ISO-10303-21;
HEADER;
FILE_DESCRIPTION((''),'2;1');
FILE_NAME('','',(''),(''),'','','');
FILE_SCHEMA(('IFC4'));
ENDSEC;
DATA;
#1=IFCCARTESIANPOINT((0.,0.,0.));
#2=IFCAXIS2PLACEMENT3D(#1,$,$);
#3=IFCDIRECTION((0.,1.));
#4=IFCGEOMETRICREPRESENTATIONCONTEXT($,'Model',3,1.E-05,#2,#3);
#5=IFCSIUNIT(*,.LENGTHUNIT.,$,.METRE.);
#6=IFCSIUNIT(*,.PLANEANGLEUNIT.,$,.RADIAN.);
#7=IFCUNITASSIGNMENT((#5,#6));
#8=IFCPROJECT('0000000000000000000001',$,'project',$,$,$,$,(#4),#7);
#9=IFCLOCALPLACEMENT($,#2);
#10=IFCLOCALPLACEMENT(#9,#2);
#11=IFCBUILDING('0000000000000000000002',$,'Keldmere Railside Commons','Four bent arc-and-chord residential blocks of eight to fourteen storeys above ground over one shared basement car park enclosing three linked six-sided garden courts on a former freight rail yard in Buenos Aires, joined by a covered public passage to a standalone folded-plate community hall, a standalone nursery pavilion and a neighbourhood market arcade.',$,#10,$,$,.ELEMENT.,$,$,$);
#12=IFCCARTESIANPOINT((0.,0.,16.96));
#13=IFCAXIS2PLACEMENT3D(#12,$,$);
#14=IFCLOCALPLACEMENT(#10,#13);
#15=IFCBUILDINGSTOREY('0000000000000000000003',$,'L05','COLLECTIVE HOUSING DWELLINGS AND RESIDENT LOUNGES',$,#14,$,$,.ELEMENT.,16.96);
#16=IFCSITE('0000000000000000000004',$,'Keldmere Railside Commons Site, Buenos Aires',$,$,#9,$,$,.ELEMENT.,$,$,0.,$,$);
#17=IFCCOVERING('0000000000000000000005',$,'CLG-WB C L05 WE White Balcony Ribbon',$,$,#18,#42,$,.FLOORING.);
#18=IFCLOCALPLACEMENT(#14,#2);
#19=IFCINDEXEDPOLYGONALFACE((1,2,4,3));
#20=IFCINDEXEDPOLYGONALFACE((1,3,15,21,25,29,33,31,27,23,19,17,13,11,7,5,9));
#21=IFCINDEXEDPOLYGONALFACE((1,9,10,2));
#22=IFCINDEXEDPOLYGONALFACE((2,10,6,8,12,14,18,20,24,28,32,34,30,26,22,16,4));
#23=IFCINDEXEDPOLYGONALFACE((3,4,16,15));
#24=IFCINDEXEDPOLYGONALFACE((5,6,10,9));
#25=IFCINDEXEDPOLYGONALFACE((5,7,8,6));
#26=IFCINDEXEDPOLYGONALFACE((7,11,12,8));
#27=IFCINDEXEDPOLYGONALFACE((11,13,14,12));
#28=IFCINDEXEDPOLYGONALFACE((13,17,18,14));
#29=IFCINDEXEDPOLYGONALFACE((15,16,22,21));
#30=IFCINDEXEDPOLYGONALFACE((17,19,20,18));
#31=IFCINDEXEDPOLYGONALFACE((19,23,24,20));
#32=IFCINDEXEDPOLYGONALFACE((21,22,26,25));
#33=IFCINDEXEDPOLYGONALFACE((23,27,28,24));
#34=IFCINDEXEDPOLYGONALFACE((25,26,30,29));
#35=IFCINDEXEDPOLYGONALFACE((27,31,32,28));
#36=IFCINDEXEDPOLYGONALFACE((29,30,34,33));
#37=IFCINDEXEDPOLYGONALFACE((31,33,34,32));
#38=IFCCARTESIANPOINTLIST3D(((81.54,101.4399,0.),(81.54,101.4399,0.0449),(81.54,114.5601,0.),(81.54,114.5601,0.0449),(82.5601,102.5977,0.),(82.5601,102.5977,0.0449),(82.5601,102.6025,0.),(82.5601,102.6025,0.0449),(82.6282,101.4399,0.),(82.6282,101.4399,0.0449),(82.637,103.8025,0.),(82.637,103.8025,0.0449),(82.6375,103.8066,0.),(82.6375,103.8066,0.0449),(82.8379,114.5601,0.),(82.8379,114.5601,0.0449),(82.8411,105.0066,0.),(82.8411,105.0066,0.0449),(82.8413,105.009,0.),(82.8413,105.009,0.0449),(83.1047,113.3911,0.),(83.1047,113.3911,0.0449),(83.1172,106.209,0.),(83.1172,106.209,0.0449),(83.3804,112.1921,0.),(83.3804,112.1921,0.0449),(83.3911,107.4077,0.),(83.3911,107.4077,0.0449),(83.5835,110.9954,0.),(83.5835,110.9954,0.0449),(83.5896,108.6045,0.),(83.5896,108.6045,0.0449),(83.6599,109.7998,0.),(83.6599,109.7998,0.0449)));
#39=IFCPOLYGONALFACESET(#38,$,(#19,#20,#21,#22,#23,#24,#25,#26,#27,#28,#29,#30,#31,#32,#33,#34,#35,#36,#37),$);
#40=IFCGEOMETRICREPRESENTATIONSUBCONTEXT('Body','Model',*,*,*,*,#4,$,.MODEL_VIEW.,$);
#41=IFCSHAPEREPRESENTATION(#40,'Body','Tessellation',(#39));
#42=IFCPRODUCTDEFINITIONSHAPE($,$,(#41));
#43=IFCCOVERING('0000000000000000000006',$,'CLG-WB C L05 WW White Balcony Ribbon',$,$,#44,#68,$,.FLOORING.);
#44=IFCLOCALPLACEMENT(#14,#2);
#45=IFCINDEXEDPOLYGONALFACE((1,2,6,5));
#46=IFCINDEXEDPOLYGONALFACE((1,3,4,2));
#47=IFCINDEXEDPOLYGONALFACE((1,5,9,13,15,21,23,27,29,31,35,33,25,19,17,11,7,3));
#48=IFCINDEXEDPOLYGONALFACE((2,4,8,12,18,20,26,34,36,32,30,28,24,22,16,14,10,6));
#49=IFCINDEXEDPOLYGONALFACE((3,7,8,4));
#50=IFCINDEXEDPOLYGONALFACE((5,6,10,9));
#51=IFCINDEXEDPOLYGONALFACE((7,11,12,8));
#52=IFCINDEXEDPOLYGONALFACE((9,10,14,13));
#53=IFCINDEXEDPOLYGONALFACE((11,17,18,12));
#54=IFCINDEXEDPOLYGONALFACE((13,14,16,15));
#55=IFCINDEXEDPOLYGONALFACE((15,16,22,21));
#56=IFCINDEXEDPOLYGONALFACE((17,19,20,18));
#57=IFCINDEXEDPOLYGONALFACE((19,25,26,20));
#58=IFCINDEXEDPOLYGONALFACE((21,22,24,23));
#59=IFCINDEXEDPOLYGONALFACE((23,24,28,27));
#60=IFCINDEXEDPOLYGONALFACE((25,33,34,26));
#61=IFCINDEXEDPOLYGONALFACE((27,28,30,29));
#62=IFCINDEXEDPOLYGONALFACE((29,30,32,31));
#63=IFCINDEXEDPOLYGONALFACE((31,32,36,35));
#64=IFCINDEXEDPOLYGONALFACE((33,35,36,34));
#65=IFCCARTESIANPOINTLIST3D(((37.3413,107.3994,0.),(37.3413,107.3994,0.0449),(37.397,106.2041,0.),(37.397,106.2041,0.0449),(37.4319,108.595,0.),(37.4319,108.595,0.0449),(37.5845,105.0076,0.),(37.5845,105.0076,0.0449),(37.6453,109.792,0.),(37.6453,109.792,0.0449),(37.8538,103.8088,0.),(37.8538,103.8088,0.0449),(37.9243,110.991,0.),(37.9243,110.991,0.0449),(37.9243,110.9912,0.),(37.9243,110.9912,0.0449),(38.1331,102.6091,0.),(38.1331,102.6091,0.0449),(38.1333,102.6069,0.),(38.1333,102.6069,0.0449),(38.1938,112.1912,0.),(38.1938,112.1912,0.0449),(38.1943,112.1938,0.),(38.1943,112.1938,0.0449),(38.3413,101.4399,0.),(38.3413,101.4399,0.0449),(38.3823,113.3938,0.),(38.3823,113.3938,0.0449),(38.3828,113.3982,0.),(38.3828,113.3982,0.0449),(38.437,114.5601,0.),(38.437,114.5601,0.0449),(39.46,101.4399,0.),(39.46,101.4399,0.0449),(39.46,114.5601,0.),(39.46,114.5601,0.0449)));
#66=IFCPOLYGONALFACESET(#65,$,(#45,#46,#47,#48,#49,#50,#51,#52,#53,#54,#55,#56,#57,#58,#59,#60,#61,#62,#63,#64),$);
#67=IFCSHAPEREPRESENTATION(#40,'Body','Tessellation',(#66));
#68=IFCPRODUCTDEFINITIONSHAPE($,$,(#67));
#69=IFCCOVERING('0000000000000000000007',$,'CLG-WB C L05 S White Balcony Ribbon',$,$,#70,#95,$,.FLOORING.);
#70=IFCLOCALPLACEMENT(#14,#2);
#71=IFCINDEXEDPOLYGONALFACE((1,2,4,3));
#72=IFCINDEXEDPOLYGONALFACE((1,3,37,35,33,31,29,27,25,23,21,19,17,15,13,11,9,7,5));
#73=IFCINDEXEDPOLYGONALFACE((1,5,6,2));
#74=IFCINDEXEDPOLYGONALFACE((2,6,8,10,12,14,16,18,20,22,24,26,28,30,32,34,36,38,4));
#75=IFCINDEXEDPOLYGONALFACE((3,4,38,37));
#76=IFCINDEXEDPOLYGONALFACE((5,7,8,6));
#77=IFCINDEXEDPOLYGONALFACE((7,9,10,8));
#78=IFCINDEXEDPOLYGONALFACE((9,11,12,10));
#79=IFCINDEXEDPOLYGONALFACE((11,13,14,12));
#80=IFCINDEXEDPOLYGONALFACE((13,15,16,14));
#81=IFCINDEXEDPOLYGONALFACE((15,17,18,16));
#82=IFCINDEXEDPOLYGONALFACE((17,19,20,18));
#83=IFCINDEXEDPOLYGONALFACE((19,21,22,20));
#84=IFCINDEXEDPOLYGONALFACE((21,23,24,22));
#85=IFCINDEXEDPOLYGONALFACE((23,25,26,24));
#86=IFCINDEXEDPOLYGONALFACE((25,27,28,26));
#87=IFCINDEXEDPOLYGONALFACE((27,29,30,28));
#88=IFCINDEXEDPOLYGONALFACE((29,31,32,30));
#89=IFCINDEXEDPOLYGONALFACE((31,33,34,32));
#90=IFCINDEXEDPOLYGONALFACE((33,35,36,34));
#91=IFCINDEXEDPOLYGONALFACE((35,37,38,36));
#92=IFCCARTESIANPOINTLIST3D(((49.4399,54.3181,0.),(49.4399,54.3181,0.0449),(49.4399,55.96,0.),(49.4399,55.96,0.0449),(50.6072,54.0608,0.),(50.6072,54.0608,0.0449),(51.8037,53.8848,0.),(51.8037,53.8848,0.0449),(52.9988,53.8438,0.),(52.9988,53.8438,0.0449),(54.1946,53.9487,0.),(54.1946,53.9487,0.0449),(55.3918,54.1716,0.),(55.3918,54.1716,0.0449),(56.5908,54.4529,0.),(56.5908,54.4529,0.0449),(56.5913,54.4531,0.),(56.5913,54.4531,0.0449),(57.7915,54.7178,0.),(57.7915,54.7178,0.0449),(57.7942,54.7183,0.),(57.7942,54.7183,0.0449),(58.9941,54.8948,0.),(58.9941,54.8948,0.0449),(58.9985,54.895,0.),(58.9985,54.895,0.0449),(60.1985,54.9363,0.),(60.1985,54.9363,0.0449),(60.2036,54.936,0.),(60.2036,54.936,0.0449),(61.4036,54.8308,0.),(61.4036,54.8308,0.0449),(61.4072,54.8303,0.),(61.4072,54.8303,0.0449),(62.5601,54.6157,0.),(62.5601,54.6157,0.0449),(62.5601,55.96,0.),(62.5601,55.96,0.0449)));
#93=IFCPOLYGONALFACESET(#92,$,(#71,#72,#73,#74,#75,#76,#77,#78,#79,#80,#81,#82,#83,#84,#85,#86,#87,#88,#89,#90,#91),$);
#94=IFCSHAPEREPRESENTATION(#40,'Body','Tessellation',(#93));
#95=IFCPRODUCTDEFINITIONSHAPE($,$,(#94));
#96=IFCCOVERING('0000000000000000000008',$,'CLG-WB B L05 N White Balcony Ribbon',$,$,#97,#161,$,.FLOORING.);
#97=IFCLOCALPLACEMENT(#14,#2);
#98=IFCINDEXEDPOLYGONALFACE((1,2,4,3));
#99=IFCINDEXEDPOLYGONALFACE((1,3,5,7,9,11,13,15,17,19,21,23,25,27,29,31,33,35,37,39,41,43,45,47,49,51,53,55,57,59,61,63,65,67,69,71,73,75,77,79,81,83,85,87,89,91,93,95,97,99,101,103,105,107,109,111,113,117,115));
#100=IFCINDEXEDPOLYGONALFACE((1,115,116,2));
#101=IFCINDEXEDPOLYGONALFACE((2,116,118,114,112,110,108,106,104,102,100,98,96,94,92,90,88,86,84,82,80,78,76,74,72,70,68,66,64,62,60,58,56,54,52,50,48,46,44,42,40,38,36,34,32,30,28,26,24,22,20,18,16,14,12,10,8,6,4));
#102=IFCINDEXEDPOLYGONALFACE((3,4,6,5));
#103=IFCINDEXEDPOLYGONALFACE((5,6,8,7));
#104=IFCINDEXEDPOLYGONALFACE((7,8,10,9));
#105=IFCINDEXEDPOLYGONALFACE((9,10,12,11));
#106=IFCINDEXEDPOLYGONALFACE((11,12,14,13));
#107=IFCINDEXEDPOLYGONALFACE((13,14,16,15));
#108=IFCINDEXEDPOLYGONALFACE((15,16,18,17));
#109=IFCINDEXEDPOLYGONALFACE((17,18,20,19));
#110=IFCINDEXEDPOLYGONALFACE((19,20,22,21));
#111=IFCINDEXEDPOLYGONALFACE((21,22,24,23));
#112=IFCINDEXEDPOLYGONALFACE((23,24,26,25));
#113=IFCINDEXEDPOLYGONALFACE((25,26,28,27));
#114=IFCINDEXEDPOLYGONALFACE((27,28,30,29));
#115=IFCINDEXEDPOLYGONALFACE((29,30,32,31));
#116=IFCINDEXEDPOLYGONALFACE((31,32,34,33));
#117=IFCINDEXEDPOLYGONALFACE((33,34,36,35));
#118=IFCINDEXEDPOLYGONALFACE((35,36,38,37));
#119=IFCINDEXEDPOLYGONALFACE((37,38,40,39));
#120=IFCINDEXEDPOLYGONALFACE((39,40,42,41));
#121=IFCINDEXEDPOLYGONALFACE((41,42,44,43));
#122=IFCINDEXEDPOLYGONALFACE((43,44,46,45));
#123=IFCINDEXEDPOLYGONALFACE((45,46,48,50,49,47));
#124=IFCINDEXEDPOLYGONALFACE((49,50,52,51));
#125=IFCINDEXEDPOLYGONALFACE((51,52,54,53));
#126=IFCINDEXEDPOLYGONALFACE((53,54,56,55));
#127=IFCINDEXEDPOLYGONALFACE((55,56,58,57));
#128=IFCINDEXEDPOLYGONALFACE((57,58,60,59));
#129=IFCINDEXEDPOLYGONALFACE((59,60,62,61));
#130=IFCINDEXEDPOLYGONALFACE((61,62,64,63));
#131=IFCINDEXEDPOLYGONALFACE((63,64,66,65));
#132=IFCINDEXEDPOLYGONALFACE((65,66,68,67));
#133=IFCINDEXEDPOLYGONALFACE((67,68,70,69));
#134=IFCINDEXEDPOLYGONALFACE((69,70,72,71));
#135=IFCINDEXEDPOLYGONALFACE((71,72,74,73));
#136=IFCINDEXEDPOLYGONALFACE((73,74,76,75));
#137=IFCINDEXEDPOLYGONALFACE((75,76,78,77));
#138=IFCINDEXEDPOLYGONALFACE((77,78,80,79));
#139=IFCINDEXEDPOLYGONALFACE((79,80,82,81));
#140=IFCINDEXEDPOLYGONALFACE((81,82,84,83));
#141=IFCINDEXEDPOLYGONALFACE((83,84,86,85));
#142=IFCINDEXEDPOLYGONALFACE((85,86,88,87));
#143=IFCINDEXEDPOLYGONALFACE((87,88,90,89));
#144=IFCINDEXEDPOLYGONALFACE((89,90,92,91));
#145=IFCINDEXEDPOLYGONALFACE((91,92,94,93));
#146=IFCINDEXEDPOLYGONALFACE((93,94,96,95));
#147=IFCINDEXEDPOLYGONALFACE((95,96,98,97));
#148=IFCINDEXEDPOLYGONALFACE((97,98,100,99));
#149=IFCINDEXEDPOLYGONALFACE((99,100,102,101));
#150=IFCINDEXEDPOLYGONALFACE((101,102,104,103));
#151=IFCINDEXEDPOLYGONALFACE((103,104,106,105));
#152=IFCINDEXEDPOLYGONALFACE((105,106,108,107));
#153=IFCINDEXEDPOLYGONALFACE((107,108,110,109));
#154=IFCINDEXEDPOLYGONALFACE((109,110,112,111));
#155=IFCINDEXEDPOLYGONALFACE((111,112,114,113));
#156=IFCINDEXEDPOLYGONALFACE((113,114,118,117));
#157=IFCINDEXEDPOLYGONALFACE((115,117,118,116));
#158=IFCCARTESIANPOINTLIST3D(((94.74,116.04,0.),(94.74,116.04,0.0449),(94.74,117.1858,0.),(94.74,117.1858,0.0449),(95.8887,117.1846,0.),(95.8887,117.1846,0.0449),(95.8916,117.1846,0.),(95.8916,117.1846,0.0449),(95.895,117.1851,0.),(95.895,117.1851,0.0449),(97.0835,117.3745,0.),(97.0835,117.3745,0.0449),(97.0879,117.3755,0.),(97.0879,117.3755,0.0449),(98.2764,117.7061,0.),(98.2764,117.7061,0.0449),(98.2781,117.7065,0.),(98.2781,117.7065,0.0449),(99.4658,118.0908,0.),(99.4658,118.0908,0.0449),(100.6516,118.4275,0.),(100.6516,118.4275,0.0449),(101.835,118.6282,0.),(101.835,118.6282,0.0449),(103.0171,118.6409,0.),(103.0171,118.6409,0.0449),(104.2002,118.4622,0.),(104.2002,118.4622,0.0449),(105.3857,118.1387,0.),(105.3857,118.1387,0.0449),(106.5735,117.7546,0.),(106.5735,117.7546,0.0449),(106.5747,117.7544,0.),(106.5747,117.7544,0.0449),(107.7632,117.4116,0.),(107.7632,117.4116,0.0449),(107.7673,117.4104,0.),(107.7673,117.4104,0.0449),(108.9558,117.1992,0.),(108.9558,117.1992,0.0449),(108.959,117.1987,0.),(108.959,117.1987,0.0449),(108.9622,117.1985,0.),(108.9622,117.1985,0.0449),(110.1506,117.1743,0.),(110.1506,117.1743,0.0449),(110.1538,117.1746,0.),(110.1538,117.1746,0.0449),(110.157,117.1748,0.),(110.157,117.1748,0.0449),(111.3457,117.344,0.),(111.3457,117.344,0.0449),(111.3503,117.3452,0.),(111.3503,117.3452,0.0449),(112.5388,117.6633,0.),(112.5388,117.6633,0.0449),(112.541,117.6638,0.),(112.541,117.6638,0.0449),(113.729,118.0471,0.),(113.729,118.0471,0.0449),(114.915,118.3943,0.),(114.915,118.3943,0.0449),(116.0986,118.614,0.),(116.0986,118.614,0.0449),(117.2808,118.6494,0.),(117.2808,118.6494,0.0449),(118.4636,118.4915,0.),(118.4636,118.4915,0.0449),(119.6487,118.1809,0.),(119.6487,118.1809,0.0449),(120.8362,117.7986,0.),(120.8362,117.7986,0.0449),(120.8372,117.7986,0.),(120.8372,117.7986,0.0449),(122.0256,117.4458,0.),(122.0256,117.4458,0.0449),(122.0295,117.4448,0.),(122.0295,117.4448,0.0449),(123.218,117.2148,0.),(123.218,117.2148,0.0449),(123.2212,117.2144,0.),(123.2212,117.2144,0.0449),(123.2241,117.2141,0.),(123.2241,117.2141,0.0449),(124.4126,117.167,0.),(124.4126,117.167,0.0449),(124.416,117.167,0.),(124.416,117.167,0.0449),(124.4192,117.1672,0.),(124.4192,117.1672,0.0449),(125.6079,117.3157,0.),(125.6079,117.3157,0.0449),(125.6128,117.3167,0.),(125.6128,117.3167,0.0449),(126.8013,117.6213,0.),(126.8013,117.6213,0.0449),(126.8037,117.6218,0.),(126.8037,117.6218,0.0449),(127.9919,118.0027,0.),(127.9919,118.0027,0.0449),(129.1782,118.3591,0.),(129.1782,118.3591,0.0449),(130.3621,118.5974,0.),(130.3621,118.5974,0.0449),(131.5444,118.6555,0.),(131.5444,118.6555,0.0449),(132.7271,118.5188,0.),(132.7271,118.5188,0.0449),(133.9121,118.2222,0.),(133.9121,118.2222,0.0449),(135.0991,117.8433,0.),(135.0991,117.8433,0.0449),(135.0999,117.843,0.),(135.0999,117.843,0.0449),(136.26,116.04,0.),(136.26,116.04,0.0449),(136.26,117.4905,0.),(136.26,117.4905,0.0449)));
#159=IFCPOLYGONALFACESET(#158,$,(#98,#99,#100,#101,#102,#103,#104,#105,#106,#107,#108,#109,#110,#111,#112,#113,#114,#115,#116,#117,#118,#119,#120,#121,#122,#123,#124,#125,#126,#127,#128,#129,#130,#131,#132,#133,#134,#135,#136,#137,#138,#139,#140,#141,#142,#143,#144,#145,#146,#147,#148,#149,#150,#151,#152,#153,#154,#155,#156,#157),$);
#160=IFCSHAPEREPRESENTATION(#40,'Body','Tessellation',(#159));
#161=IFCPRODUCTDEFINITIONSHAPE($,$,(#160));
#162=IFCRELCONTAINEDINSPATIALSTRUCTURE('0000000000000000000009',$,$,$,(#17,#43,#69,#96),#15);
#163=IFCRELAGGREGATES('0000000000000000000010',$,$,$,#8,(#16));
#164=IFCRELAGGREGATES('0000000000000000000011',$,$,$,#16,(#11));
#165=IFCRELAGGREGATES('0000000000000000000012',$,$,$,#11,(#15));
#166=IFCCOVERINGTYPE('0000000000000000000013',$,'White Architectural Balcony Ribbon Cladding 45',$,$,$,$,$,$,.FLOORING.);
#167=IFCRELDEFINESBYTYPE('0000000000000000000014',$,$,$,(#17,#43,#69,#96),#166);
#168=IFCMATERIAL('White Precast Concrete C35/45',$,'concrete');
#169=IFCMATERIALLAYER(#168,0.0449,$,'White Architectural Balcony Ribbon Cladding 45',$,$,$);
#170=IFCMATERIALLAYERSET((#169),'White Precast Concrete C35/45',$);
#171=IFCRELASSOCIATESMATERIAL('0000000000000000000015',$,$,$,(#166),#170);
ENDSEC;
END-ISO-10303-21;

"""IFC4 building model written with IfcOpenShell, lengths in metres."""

from ifc_helpers import new_model, si_unit, direction, frame, origin, place, context, subcontext, project, spatial, polyline, outline, extrude, material, layer, layer_set, type_object, element, save


model = new_model("IFC4")

# Units and contexts
model_context = context("Model", 3, precision=1e-05, world=origin(), true_north=direction((0.0, 1.0)))
body_context = subcontext(model_context, "Body", "Model", "MODEL_VIEW")
ifc_project = project(units=[si_unit("LENGTHUNIT", "METRE"), si_unit("PLANEANGLEUNIT", "RADIAN")], contexts=[model_context])

# Site, building, storey
site_placement = place(None, origin())
site = spatial("IfcSite", under=ifc_project, at=site_placement, Name="Keldmere Railside Commons Site, Buenos Aires", CompositionType="ELEMENT", RefElevation=0.0)
building_placement = place(site_placement, origin())
building = spatial("IfcBuilding", under=site, at=building_placement, Name="Keldmere Railside Commons", Description="Four bent arc-and-chord residential blocks of eight to fourteen storeys above ground over one shared basement car park enclosing three linked six-sided garden courts on a former freight rail yard in Buenos Aires, joined by a covered public passage to a standalone folded-plate community hall, a standalone nursery pavilion and a neighbourhood market arcade.", CompositionType="ELEMENT")
storey_placement = place(building_placement, frame((0.0, 0.0, 16.96)))
storey = spatial("IfcBuildingStorey", under=building, at=storey_placement, Name="L05", Description="COLLECTIVE HOUSING DWELLINGS AND RESIDENT LOUNGES", CompositionType="ELEMENT", Elevation=16.96)

# Coverings
ifc_material_1 = material(Name="White Precast Concrete C35/45", Category="concrete")
ifc_layer_1 = layer(ifc_material_1, 0.0449, Name="White Architectural Balcony Ribbon Cladding 45")
ifc_layer_set_1 = layer_set([ifc_layer_1], Name="White Precast Concrete C35/45")
covering_type_1 = type_object("IfcCoveringType", Name="White Architectural Balcony Ribbon Cladding 45", PredefinedType="FLOORING", material=ifc_layer_set_1)
covering_1_placement = place(storey_placement, origin())
element("IfcCovering", 1, at=covering_1_placement, inside=storey, type_object=covering_type_1, Name="CLG-WB C L05 WE White Balcony Ribbon", PredefinedType="FLOORING", context=body_context, shape_type="SweptSolid", body=[
    extrude(outline(polyline([(82.5601, 102.5977), (82.5601, 102.6025), (82.637, 103.8025), (82.6375, 103.8066), (82.8411, 105.0066), (82.8413, 105.009), (83.1172, 106.209), (83.3911, 107.4077), (83.5896, 108.6045), (83.6599, 109.7998), (83.5835, 110.9954), (83.3804, 112.1921), (83.1047, 113.3911), (83.1047, 113.3911), (82.8379, 114.5601), (81.54, 114.5601), (81.54, 101.4399), (82.6282, 101.4399), (82.5601, 102.5977)])), origin(), (0.0, 0.0, 1.0), 0.0449),
])
covering_2_placement = place(storey_placement, origin())
element("IfcCovering", 2, at=covering_2_placement, inside=storey, type_object=covering_type_1, Name="CLG-WB C L05 WW White Balcony Ribbon", PredefinedType="FLOORING", context=body_context, shape_type="SweptSolid", body=[
    extrude(outline(polyline([(39.46, 114.5601), (38.437, 114.5601), (38.3828, 113.3982), (38.3823, 113.3938), (38.1943, 112.1938), (38.1938, 112.1912), (37.9243, 110.9912), (37.9243, 110.991), (37.6453, 109.792), (37.4319, 108.595), (37.3413, 107.3994), (37.397, 106.2041), (37.5845, 105.0076), (37.8538, 103.8088), (38.1331, 102.6091), (38.1333, 102.6069), (38.3413, 101.4399), (39.46, 101.4399), (39.46, 114.5601)])), origin(), (0.0, 0.0, 1.0), 0.0449),
])
covering_3_placement = place(storey_placement, origin())
element("IfcCovering", 3, at=covering_3_placement, inside=storey, type_object=covering_type_1, Name="CLG-WB C L05 S White Balcony Ribbon", PredefinedType="FLOORING", context=body_context, shape_type="SweptSolid", body=[
    extrude(outline(polyline([(50.6072, 54.0608), (51.8037, 53.8848), (52.9988, 53.8438), (54.1946, 53.9487), (55.3918, 54.1716), (56.5908, 54.4529), (56.5913, 54.4531), (57.7915, 54.7178), (57.7942, 54.7183), (58.9941, 54.8948), (58.9985, 54.895), (60.1985, 54.9363), (60.2036, 54.936), (61.4036, 54.8308), (61.4072, 54.8303), (62.5601, 54.6157), (62.5601, 55.96), (49.4399, 55.96), (49.4399, 54.3181), (50.6072, 54.0608)])), origin(), (0.0, 0.0, 1.0), 0.0449),
])
covering_4_placement = place(storey_placement, origin())
element("IfcCovering", 4, at=covering_4_placement, inside=storey, type_object=covering_type_1, Name="CLG-WB B L05 N White Balcony Ribbon", PredefinedType="FLOORING", context=body_context, shape_type="SweptSolid", body=[
    extrude(outline(polyline([(136.26, 116.04), (136.26, 117.4905), (135.0999, 117.843), (135.0991, 117.8433), (133.9121, 118.2222), (132.7271, 118.5188), (131.5444, 118.6555), (130.3621, 118.5974), (129.1782, 118.3591), (127.9919, 118.0027), (126.8037, 117.6218), (126.8013, 117.6213), (125.6128, 117.3167), (125.6079, 117.3157), (124.4192, 117.1672), (124.416, 117.167), (124.4126, 117.167), (123.2241, 117.2141), (123.2212, 117.2144), (123.218, 117.2148), (122.0295, 117.4448), (122.0256, 117.4458), (120.8372, 117.7986), (120.8362, 117.7986), (119.6487, 118.1809), (118.4636, 118.4915), (117.2808, 118.6494), (116.0986, 118.614), (114.915, 118.3943), (113.729, 118.0471), (112.541, 117.6638), (112.5388, 117.6633), (111.3503, 117.3452), (111.3457, 117.344), (110.157, 117.1748), (110.1538, 117.1746), (110.1506, 117.1743), (108.9622, 117.1985), (108.959, 117.1987), (108.9558, 117.1992), (107.7673, 117.4104), (107.7632, 117.4116), (106.5747, 117.7544), (106.5735, 117.7546), (105.3857, 118.1387), (104.2002, 118.4622), (103.0171, 118.6409), (101.835, 118.6282), (100.6516, 118.4275), (99.4658, 118.0908), (98.2781, 117.7065), (98.2764, 117.7061), (97.0879, 117.3755), (97.0835, 117.3745), (95.895, 117.1851), (95.8916, 117.1846), (95.8887, 117.1846), (94.74, 117.1858), (94.74, 116.04), (136.26, 116.04)])), origin(), (0.0, 0.0, 1.0), 0.0449),
])

save(model, "model.ifc")
